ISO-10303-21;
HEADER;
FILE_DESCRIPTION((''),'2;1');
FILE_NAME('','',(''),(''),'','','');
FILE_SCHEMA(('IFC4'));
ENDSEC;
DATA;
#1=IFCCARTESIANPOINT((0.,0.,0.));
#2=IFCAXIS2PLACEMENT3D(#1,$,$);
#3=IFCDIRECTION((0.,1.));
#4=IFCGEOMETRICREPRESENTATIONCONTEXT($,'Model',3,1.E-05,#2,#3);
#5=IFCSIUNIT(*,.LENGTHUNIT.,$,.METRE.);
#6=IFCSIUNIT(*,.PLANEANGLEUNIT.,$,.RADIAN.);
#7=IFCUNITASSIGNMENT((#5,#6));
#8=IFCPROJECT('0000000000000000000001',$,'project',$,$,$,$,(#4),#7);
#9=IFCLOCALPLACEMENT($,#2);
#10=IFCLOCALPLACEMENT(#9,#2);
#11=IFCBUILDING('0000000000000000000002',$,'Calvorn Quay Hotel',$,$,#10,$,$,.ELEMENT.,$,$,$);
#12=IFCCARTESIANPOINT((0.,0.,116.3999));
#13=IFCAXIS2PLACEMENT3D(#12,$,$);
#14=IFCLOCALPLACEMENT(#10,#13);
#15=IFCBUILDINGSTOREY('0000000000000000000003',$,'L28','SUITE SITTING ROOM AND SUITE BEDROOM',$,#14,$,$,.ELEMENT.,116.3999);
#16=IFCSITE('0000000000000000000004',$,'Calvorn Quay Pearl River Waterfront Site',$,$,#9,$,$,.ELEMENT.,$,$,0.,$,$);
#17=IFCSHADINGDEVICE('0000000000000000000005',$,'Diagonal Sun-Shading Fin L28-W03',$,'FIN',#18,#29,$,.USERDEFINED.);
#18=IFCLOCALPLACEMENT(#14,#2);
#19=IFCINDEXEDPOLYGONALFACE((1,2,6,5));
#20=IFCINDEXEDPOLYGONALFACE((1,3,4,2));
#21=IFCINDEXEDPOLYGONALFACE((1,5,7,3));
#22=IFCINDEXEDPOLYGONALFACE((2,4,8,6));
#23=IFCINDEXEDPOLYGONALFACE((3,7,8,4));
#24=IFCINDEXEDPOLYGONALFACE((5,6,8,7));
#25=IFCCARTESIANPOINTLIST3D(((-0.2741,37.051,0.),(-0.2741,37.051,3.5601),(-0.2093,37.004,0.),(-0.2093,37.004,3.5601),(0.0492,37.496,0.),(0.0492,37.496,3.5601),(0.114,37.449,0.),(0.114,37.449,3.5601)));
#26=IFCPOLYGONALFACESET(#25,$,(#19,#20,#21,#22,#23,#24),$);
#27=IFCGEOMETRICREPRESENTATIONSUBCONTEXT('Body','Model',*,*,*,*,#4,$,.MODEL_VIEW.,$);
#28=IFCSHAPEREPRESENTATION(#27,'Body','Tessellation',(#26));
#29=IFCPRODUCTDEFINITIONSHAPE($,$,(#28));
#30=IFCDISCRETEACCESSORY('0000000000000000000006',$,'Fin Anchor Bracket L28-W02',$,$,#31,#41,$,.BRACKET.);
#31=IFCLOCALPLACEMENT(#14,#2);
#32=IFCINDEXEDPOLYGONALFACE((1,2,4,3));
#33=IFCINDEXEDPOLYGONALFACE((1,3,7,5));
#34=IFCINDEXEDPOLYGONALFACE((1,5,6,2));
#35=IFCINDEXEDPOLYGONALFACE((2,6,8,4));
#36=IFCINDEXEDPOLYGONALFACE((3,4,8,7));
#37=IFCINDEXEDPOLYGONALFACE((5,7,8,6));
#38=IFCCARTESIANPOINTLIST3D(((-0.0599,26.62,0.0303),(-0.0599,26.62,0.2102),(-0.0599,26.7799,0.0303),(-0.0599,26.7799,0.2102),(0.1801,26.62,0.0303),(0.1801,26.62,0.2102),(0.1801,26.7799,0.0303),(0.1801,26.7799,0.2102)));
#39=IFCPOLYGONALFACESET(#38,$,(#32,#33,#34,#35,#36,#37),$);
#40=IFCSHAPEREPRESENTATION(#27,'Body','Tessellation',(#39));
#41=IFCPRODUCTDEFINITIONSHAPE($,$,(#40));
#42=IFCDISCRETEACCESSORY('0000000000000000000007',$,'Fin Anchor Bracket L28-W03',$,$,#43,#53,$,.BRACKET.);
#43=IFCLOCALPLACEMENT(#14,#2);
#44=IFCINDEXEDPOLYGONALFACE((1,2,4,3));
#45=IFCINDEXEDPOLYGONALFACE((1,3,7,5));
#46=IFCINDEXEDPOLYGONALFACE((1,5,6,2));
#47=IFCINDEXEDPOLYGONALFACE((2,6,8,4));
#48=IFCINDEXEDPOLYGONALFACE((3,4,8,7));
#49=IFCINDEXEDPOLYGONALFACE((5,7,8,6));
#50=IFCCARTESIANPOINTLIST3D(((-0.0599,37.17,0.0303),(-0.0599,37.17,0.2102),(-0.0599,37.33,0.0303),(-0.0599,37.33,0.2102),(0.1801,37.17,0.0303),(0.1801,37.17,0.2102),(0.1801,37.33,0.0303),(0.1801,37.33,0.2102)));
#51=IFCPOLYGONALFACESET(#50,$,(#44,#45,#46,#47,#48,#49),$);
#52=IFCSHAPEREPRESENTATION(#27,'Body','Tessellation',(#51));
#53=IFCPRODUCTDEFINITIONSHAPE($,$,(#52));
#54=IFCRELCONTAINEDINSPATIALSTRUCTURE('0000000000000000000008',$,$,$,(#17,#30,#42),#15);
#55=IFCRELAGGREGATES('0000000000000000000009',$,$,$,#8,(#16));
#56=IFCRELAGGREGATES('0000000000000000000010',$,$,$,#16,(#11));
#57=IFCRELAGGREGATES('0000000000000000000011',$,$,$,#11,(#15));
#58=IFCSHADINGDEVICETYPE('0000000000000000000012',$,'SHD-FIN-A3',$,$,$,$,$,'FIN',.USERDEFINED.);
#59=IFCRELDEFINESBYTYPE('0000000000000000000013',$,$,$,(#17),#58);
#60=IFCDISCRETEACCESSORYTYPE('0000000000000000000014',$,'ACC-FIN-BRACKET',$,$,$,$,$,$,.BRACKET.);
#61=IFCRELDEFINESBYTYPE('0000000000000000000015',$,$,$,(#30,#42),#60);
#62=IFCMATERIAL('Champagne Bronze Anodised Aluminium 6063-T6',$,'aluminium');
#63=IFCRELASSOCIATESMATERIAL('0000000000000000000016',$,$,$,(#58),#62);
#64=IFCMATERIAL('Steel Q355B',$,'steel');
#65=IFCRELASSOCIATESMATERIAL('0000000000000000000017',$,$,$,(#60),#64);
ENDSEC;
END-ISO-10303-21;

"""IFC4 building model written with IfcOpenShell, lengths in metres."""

from ifc_helpers import new_model, si_unit, direction, frame, origin, origin_2d, place, context, subcontext, project, spatial, rectangle, extrude, material, type_object, element, save


model = new_model("IFC4")

# Units and contexts
model_context = context("Model", 3, precision=1e-05, world=origin(), true_north=direction((0.0, 1.0)))
body_context = subcontext(model_context, "Body", "Model", "MODEL_VIEW")
ifc_project = project(units=[si_unit("LENGTHUNIT", "METRE"), si_unit("PLANEANGLEUNIT", "RADIAN")], contexts=[model_context])

# Site, building, storey
site_placement = place(None, origin())
site = spatial("IfcSite", under=ifc_project, at=site_placement, Name="Calvorn Quay Pearl River Waterfront Site", CompositionType="ELEMENT", RefElevation=0.0)
building_placement = place(site_placement, origin())
building = spatial("IfcBuilding", under=site, at=building_placement, Name="Calvorn Quay Hotel", CompositionType="ELEMENT")
storey_placement = place(building_placement, frame((0.0, 0.0, 116.3999)))
storey = spatial("IfcBuildingStorey", under=building, at=storey_placement, Name="L28", Description="SUITE SITTING ROOM AND SUITE BEDROOM", CompositionType="ELEMENT", Elevation=116.3999)

# Shading device
ifc_material_1 = material(Name="Champagne Bronze Anodised Aluminium 6063-T6", Category="aluminium")
shading_device_type_1 = type_object("IfcShadingDeviceType", Name="SHD-FIN-A3", ElementType="FIN", PredefinedType="USERDEFINED", material=ifc_material_1)
shading_device_1_placement = place(storey_placement, frame((-0.0801, 37.25, 0.0), z_axis=(0.0, 0.0, 1.0), x_axis=(0.587785, 0.809017, 0.0)))
element("IfcShadingDevice", 1, at=shading_device_1_placement, inside=storey, type_object=shading_device_type_1, Name="Diagonal Sun-Shading Fin L28-W03", ObjectType="FIN", PredefinedType="USERDEFINED", context=body_context, shape_type="SweptSolid", body=[
    extrude(rectangle(XDim=0.55, YDim=0.0801, at=origin_2d()), origin(), (0.0, 0.0, 1.0), 3.5601),
])

# Discrete accessories
ifc_material_2 = material(Name="Steel Q355B", Category="steel")
discrete_accessory_type = type_object("IfcDiscreteAccessoryType", Name="ACC-FIN-BRACKET", PredefinedType="BRACKET", material=ifc_material_2)
for number, where, z_axis, x_axis, name in (
    (2, (0.0601, 26.7, 0.0303), (0.0, 0.0, 1.0), (1.0, 0.0, 0.0), "Fin Anchor Bracket L28-W02"),
    (3, (0.0601, 37.25, 0.0303), (0.0, 0.0, 1.0), (1.0, 0.0, 0.0), "Fin Anchor Bracket L28-W03"),
):
    element("IfcDiscreteAccessory", number, at=place(storey_placement, frame(where, z_axis=z_axis, x_axis=x_axis)), inside=storey, type_object=discrete_accessory_type, Name=name, PredefinedType="BRACKET", context=body_context, shape_type="SweptSolid", body=[
        extrude(rectangle(XDim=0.24, YDim=0.1599, at=origin_2d()), origin(), (0.0, 0.0, 1.0), 0.1799),
    ])

save(model, "model.ifc")
